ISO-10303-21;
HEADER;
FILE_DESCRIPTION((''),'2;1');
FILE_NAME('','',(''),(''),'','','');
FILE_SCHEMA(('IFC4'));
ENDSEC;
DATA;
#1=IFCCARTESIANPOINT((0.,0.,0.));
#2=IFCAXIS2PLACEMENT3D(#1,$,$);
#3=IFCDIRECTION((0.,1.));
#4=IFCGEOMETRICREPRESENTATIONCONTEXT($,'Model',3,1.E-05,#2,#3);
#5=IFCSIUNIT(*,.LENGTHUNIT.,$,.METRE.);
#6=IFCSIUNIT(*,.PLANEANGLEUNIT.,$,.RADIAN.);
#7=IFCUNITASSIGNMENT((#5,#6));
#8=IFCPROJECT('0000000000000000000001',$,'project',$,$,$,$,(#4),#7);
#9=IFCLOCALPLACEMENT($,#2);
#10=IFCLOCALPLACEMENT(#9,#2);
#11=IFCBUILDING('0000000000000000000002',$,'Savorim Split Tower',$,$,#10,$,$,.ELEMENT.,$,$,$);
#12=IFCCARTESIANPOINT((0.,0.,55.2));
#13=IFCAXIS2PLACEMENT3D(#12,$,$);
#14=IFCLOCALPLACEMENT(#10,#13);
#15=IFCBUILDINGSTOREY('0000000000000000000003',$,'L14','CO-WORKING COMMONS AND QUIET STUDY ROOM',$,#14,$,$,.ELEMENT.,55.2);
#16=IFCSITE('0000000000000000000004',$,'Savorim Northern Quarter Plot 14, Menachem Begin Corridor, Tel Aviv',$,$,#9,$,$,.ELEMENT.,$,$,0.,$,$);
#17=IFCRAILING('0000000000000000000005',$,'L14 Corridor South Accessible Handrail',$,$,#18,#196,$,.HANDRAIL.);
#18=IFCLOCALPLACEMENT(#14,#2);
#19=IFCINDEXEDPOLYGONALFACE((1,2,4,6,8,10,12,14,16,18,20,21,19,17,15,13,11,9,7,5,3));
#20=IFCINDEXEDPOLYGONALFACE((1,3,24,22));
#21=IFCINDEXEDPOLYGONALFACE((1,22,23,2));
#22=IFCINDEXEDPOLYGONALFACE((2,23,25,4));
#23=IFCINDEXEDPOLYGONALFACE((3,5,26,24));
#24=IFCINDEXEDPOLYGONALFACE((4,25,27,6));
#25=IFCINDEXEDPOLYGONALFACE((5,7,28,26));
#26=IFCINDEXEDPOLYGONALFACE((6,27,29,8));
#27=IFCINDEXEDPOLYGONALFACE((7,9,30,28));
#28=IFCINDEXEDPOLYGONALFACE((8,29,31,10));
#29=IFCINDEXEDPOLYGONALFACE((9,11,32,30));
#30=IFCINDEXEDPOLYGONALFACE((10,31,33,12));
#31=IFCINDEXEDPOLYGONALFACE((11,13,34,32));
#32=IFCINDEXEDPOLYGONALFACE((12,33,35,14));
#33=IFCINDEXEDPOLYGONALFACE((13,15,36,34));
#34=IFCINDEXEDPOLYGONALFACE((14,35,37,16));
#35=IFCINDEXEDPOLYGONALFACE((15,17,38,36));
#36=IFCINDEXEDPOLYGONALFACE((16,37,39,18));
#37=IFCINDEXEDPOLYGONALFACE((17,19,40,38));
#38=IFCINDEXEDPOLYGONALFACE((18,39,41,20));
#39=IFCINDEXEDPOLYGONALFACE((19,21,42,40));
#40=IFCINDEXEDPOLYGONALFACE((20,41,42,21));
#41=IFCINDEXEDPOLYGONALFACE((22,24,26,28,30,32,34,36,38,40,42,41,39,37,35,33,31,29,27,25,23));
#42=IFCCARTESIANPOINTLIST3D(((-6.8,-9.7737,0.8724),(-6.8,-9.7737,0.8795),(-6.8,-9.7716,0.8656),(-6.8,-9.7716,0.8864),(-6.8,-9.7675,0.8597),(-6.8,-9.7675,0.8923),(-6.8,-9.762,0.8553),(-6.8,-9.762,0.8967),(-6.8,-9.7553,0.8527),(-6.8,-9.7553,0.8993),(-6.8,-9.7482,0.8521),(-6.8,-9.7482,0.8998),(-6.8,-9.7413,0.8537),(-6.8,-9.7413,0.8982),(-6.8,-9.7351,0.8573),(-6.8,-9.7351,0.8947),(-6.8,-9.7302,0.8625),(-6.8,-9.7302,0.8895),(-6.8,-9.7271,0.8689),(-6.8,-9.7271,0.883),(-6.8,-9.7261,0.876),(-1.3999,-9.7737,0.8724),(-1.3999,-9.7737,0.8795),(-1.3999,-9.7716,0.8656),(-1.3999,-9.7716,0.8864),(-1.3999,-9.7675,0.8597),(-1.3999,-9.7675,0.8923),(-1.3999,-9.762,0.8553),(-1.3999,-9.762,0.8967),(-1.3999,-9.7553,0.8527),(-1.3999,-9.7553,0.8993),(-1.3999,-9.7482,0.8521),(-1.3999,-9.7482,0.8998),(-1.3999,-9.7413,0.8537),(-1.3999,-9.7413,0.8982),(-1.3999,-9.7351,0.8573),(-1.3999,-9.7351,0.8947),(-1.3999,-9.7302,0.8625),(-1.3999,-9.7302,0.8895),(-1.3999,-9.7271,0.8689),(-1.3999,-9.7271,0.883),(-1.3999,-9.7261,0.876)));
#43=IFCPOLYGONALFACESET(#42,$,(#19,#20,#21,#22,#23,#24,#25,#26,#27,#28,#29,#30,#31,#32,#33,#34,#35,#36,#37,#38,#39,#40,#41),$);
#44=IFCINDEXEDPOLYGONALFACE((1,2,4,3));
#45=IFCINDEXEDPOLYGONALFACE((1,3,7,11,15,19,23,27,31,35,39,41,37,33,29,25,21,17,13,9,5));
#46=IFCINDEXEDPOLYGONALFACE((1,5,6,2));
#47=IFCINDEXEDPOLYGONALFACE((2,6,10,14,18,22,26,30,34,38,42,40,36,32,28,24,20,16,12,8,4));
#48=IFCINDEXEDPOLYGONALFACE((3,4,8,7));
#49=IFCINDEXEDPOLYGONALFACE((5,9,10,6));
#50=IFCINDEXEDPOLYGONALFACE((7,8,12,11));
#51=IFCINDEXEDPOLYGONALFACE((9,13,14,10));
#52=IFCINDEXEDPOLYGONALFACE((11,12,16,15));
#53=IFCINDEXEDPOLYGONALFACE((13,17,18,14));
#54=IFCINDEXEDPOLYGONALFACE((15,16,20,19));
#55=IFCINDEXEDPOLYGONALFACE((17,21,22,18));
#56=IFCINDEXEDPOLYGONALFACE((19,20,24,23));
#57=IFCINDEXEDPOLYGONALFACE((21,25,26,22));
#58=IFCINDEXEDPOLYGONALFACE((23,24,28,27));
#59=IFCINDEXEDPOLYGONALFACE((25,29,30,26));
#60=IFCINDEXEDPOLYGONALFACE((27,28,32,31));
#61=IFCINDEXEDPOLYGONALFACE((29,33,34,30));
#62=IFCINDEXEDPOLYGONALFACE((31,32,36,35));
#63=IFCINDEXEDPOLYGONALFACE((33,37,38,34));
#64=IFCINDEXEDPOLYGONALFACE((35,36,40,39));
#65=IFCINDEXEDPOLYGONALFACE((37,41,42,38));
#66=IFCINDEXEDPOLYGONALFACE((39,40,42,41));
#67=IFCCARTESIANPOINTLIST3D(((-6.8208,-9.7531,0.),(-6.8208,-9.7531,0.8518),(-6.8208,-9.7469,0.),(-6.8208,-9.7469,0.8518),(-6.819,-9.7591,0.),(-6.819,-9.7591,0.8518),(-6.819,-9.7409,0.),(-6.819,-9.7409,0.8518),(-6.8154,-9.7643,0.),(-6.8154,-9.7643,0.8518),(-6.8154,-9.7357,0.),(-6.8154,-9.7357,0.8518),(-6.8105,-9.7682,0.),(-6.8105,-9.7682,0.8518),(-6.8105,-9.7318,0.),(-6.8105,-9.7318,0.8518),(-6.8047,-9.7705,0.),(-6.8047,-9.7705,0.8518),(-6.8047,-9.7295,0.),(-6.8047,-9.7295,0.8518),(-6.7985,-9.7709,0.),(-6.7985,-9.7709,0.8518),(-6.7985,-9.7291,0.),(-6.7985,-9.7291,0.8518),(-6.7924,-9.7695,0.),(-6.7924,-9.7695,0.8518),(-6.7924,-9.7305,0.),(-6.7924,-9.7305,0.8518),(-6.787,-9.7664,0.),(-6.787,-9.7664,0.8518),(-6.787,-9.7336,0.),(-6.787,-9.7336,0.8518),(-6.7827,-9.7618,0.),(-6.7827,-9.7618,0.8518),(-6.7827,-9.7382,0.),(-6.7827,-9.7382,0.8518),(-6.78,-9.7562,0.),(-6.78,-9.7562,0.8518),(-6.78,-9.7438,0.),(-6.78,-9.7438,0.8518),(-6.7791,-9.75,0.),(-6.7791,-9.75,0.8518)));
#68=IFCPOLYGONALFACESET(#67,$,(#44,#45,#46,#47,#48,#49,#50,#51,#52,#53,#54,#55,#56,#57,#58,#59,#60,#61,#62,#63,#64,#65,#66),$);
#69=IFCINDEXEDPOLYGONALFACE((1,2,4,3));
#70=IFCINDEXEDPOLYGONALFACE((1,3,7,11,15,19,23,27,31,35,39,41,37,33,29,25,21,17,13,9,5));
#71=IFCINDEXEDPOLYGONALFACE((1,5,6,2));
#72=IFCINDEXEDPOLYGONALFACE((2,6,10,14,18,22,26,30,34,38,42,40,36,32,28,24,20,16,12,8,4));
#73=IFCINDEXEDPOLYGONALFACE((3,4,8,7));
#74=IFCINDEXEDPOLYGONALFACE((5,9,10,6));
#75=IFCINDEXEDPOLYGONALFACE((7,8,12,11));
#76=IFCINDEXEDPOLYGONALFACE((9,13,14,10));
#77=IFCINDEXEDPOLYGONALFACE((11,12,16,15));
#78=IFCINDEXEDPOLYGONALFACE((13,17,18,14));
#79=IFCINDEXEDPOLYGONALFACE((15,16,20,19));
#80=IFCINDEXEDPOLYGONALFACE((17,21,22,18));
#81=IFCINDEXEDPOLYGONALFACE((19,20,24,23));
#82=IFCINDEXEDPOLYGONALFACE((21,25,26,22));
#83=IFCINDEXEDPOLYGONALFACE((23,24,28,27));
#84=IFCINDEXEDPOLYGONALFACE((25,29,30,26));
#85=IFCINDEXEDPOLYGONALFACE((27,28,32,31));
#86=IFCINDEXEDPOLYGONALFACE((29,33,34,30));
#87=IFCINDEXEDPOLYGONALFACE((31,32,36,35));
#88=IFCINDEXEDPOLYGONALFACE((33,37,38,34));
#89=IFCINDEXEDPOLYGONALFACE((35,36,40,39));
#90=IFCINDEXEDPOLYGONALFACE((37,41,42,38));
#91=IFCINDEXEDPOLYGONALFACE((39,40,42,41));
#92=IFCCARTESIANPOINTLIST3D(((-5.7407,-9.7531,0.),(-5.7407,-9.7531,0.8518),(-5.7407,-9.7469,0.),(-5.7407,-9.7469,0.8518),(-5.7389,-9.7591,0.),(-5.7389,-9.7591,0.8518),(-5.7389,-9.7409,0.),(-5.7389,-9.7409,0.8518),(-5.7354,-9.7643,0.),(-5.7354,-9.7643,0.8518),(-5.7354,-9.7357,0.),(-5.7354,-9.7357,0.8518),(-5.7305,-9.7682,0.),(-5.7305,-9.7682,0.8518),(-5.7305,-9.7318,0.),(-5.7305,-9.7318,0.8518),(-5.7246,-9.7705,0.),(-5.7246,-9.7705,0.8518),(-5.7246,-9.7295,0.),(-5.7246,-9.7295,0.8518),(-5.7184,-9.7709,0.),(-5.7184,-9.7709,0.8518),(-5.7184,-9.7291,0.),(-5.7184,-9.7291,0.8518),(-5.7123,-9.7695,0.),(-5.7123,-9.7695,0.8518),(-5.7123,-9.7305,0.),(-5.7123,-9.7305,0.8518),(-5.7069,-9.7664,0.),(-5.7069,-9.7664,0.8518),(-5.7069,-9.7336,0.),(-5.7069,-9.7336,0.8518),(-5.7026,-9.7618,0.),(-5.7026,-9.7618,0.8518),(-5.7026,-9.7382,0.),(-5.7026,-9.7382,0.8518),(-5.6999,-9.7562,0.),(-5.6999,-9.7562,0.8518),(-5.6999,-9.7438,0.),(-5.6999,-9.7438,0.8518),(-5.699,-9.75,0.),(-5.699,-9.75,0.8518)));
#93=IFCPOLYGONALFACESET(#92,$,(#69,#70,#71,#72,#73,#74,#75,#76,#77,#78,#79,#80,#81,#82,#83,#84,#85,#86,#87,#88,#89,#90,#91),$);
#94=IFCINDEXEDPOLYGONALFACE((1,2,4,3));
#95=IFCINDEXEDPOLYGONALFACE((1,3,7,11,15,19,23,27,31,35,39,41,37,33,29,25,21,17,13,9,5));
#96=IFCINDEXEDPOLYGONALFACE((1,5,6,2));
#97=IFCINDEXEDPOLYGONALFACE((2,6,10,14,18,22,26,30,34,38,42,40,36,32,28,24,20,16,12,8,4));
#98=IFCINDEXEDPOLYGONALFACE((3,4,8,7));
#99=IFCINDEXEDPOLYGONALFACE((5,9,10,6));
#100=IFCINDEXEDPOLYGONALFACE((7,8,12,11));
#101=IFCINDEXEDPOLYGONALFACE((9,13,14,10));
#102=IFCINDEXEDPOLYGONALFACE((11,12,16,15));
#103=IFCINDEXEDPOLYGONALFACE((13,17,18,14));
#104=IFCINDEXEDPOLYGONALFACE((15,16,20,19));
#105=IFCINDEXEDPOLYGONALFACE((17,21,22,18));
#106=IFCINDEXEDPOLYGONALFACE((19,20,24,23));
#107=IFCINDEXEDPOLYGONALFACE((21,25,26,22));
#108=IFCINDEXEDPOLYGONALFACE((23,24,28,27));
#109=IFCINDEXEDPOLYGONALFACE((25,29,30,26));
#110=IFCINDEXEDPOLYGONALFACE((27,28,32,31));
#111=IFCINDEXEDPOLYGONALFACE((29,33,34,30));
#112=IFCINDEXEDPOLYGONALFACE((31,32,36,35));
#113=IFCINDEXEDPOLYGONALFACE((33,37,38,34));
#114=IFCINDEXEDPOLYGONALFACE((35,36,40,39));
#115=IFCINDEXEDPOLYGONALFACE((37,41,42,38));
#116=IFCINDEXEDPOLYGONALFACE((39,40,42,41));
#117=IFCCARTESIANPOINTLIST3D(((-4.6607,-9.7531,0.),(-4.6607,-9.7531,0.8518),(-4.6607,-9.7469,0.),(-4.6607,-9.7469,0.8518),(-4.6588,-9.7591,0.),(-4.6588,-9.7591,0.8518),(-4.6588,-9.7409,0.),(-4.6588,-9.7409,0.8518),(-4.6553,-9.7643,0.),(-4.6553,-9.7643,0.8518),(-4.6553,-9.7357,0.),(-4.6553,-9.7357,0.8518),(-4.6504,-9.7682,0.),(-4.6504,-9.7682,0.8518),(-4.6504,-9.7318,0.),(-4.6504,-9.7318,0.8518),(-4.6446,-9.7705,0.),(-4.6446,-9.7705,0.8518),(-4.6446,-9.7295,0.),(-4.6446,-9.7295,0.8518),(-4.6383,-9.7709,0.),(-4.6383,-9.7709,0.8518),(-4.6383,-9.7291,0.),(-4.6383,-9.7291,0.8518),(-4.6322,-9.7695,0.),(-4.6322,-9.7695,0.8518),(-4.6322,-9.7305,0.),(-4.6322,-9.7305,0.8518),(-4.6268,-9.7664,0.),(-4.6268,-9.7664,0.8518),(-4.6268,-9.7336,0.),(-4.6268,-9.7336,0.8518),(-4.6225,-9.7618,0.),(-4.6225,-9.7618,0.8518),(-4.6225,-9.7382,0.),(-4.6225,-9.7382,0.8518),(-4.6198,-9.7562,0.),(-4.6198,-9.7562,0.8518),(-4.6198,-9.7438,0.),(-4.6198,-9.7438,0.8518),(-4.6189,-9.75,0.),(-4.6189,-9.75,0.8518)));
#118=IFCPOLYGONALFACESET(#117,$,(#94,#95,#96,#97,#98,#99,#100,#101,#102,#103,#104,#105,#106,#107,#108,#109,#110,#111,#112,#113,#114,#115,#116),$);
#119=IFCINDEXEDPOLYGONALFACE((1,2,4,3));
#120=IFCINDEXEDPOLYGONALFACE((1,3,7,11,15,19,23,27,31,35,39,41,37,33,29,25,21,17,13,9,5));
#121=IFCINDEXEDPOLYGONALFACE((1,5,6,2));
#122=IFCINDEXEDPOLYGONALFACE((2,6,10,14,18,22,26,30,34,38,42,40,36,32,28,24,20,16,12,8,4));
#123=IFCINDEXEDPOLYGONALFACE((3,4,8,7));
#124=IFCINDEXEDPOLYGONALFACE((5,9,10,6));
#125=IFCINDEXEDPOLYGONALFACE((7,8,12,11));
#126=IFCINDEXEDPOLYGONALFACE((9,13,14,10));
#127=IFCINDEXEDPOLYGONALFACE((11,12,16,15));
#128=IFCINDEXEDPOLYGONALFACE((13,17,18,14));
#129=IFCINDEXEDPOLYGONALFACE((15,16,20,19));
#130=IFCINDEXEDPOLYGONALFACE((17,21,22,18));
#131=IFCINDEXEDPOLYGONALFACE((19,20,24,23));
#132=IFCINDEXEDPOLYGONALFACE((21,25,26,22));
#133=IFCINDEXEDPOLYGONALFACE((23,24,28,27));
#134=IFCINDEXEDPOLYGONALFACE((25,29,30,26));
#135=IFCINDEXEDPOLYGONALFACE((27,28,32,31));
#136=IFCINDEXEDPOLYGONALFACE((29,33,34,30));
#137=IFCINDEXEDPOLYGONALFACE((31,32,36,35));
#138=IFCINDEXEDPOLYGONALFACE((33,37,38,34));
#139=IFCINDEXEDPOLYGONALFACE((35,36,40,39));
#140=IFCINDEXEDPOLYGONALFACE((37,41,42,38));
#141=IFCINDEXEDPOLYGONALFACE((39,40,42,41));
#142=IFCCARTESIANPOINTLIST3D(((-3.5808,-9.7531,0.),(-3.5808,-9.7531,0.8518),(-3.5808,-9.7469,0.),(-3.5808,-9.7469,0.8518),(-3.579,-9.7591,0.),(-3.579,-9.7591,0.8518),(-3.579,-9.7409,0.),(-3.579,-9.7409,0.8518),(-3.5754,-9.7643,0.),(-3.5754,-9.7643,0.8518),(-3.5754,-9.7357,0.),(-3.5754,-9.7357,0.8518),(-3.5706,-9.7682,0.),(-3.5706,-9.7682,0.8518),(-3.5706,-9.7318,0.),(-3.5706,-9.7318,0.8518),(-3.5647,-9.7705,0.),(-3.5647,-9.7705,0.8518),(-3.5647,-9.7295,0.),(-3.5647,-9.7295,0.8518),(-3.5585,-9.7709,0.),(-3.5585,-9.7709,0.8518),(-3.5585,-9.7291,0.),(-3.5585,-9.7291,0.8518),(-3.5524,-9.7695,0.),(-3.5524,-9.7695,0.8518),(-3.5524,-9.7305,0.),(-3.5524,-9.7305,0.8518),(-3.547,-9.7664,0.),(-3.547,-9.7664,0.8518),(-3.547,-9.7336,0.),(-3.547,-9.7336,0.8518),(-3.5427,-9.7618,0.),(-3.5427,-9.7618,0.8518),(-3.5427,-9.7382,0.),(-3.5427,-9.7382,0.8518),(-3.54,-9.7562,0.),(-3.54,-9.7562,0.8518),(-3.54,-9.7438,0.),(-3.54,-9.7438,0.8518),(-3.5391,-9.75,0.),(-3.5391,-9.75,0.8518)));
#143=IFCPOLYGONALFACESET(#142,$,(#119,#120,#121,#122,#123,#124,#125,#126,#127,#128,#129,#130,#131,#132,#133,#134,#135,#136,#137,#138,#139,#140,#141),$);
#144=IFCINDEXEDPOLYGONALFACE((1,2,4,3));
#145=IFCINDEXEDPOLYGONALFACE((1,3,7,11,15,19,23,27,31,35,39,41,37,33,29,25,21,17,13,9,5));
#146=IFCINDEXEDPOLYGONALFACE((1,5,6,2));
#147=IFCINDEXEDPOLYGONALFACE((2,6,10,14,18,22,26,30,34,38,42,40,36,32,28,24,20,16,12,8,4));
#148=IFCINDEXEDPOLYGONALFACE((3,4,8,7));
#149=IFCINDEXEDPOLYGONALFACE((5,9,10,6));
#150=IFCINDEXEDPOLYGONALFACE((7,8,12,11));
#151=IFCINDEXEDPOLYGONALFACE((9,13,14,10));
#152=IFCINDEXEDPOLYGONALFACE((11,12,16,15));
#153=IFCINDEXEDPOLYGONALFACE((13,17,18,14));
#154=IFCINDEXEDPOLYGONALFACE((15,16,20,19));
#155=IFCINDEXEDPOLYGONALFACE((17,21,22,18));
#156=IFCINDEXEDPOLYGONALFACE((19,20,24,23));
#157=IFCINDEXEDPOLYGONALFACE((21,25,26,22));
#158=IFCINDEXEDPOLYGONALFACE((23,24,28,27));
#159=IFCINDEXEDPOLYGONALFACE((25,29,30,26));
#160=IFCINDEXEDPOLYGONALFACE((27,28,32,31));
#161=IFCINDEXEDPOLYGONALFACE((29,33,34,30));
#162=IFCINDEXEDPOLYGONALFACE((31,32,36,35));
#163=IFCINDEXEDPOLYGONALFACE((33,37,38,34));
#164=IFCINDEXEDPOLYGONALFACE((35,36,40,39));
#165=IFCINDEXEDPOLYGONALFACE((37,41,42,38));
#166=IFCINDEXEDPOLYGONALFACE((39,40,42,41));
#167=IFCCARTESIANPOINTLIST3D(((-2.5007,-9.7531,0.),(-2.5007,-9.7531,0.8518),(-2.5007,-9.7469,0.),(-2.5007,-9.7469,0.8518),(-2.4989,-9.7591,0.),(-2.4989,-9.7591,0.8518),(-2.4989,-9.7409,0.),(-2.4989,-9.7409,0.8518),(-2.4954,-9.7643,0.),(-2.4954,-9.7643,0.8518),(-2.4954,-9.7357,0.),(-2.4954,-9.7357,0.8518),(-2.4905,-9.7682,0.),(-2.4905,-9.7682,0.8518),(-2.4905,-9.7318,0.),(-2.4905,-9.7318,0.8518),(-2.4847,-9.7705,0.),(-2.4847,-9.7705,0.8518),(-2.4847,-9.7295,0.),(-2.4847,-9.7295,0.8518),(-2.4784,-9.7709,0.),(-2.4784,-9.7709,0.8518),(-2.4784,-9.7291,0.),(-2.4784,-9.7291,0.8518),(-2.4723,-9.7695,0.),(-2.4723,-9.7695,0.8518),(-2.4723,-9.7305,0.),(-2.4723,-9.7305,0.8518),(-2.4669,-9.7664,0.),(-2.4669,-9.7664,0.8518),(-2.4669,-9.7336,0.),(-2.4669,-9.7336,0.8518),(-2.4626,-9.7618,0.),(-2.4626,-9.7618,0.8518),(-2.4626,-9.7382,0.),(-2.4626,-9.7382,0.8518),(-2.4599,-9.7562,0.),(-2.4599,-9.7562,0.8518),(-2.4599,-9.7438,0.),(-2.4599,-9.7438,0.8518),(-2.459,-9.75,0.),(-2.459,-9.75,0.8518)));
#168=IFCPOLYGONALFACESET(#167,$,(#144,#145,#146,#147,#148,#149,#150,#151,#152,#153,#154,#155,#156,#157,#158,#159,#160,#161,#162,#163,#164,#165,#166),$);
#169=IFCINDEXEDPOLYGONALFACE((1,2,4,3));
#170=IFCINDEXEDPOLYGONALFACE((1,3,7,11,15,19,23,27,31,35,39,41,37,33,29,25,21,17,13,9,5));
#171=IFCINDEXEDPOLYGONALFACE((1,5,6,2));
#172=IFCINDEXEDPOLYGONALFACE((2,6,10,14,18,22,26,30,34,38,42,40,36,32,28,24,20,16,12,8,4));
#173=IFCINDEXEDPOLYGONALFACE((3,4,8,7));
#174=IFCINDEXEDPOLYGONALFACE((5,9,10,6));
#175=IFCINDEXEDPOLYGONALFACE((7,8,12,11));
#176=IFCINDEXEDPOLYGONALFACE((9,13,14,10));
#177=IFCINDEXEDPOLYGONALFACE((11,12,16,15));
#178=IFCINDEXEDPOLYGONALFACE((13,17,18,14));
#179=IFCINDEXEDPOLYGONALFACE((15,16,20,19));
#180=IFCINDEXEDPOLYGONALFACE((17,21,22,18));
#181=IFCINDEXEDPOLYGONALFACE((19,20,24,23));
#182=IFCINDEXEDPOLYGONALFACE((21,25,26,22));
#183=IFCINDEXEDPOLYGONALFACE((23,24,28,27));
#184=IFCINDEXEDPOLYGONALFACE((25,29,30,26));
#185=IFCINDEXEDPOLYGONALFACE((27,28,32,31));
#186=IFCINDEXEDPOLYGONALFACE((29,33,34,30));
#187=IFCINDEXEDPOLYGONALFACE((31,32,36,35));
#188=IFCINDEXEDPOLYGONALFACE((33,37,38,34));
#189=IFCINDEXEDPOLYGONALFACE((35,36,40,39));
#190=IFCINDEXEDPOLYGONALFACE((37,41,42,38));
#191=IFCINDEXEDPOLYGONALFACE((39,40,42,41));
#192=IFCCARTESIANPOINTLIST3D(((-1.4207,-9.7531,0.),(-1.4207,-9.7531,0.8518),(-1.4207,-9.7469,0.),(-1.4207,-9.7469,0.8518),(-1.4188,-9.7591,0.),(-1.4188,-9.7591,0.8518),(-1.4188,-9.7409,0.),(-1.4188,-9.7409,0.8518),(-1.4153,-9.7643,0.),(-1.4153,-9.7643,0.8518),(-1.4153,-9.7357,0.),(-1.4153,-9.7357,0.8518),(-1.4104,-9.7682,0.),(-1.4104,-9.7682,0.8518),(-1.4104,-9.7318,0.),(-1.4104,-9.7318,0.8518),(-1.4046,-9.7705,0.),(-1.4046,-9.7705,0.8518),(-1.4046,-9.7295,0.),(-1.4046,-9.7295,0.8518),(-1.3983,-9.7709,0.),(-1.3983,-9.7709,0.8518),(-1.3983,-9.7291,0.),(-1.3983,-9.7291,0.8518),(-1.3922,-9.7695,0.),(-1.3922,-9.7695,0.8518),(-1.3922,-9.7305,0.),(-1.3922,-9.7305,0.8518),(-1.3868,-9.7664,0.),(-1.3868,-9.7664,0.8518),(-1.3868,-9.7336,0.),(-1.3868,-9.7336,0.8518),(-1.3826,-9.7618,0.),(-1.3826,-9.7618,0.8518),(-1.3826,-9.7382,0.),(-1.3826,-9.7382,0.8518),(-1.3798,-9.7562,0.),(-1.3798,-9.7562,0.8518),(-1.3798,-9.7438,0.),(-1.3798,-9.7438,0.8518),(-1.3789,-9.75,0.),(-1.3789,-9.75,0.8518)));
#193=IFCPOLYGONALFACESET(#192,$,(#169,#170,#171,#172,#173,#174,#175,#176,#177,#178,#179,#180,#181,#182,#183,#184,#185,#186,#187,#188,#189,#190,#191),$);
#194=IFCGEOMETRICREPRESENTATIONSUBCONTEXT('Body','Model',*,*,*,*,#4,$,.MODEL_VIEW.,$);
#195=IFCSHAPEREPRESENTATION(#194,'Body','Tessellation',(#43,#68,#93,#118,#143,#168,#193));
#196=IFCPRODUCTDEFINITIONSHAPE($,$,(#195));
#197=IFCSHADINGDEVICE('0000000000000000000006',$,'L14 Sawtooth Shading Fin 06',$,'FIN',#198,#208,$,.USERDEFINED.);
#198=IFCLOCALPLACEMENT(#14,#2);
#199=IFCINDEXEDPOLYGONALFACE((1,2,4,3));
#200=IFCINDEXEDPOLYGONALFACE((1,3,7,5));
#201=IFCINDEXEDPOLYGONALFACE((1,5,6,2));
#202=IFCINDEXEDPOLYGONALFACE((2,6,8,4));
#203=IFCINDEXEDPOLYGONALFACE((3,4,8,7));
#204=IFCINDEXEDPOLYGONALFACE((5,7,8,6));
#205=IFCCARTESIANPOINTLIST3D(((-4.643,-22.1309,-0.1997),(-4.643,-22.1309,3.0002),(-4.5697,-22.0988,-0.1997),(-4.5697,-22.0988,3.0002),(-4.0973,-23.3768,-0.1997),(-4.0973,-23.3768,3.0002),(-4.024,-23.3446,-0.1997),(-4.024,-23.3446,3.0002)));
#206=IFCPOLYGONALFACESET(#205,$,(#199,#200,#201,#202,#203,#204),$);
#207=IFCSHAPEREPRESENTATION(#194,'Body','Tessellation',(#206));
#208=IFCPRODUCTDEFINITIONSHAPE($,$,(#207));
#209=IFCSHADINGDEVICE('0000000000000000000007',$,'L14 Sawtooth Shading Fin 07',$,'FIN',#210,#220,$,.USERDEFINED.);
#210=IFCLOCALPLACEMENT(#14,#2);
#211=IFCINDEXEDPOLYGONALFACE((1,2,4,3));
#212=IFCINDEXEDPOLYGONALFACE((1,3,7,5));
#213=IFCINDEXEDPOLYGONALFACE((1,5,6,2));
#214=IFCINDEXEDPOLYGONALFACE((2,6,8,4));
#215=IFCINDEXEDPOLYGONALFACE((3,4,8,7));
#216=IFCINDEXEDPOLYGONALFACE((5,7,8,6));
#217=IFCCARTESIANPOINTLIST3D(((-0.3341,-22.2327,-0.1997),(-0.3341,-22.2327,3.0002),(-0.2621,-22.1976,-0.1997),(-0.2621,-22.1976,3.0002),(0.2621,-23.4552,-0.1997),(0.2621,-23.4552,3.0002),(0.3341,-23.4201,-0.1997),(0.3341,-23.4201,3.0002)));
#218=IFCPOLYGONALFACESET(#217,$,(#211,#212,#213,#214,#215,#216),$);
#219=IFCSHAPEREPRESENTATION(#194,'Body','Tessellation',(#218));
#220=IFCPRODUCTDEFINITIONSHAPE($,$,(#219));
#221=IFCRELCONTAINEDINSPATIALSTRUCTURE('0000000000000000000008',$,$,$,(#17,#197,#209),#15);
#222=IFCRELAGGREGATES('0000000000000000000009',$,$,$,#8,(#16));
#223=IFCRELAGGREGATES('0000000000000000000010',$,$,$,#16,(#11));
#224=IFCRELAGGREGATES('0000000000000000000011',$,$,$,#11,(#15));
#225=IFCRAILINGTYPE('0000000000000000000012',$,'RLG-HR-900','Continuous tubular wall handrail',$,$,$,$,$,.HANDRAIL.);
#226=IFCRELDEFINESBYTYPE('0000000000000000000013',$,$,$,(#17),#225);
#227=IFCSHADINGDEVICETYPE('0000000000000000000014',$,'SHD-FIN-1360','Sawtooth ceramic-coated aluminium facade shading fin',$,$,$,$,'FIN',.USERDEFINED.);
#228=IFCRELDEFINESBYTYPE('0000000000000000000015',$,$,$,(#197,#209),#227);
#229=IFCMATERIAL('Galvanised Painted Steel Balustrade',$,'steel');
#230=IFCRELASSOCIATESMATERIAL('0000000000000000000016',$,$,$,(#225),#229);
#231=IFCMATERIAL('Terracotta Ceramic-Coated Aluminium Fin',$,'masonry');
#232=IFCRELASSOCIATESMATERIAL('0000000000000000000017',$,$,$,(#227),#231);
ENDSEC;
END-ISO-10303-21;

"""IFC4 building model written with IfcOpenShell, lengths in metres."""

from ifc_helpers import new_model, si_unit, direction, frame, origin, origin_2d, place, context, subcontext, project, spatial, rectangle, circle, extrude, material, type_object, element, save


model = new_model("IFC4")

# Units and contexts
model_context = context("Model", 3, precision=1e-05, world=origin(), true_north=direction((0.0, 1.0)))
body_context = subcontext(model_context, "Body", "Model", "MODEL_VIEW")
ifc_project = project(units=[si_unit("LENGTHUNIT", "METRE"), si_unit("PLANEANGLEUNIT", "RADIAN")], contexts=[model_context])

# Site, building, storey
site_placement = place(None, origin())
site = spatial("IfcSite", under=ifc_project, at=site_placement, Name="Savorim Northern Quarter Plot 14, Menachem Begin Corridor, Tel Aviv", CompositionType="ELEMENT", RefElevation=0.0)
building_placement = place(site_placement, origin())
building = spatial("IfcBuilding", under=site, at=building_placement, Name="Savorim Split Tower", CompositionType="ELEMENT")
storey_placement = place(building_placement, frame((0.0, 0.0, 55.2)))
storey = spatial("IfcBuildingStorey", under=building, at=storey_placement, Name="L14", Description="CO-WORKING COMMONS AND QUIET STUDY ROOM", CompositionType="ELEMENT", Elevation=55.2)

# Railing
ifc_material_1 = material(Name="Galvanised Painted Steel Balustrade", Category="steel")
railing_type = type_object("IfcRailingType", Name="RLG-HR-900", Description="Continuous tubular wall handrail", PredefinedType="HANDRAIL", material=ifc_material_1)
railing_placement = place(storey_placement, frame((-6.8, -9.75, 0.0)))
element("IfcRailing", 1, at=railing_placement, inside=storey, type_object=railing_type, Name="L14 Corridor South Accessible Handrail", PredefinedType="HANDRAIL", context=body_context, shape_type="SweptSolid", body=[
    extrude(circle(Radius=0.0239, at=origin_2d()), frame((0.0, 0.0, 0.876), z_axis=(1.0, 0.0, 0.0), x_axis=(0.0, 1.0, 0.0)), (0.0, 0.0, 1.0), 5.4001),
    extrude(circle(Radius=0.021, at=origin_2d()), origin(), (0.0, 0.0, 1.0), 0.8518),
    extrude(circle(Radius=0.021, at=origin_2d()), frame((1.0801, 0.0, 0.0)), (0.0, 0.0, 1.0), 0.8518),
    extrude(circle(Radius=0.021, at=origin_2d()), frame((2.1602, 0.0, 0.0)), (0.0, 0.0, 1.0), 0.8518),
    extrude(circle(Radius=0.021, at=origin_2d()), frame((3.24, 0.0, 0.0)), (0.0, 0.0, 1.0), 0.8518),
    extrude(circle(Radius=0.021, at=origin_2d()), frame((4.3201, 0.0, 0.0)), (0.0, 0.0, 1.0), 0.8518),
    extrude(circle(Radius=0.021, at=origin_2d()), frame((5.4001, 0.0, 0.0)), (0.0, 0.0, 1.0), 0.8518),
])

# Shading devices
ifc_material_2 = material(Name="Terracotta Ceramic-Coated Aluminium Fin", Category="masonry")
shading_device_type = type_object("IfcShadingDeviceType", Name="SHD-FIN-1360", Description="Sawtooth ceramic-coated aluminium facade shading fin", ElementType="FIN", PredefinedType="USERDEFINED", material=ifc_material_2)
for number, where, z_axis, x_axis, name in (
    (2, (-4.3335, -22.7378, -0.1997), (0.0, 0.0, 1.0), (0.40123, -0.915977, 0.0), "L14 Sawtooth Shading Fin 06"),
    (3, (0.0, -22.8264, -0.1997), (0.0, 0.0, 1.0), (0.438371, -0.898794, 0.0), "L14 Sawtooth Shading Fin 07"),
):
    element("IfcShadingDevice", number, at=place(storey_placement, frame(where, z_axis=z_axis, x_axis=x_axis)), inside=storey, type_object=shading_device_type, Name=name, ObjectType="FIN", PredefinedType="USERDEFINED", context=body_context, shape_type="SweptSolid", body=[
        extrude(rectangle(XDim=1.3601, YDim=0.0801, at=origin_2d()), origin(), (0.0, 0.0, 1.0), 3.2),
    ])

save(model, "model.ifc")
